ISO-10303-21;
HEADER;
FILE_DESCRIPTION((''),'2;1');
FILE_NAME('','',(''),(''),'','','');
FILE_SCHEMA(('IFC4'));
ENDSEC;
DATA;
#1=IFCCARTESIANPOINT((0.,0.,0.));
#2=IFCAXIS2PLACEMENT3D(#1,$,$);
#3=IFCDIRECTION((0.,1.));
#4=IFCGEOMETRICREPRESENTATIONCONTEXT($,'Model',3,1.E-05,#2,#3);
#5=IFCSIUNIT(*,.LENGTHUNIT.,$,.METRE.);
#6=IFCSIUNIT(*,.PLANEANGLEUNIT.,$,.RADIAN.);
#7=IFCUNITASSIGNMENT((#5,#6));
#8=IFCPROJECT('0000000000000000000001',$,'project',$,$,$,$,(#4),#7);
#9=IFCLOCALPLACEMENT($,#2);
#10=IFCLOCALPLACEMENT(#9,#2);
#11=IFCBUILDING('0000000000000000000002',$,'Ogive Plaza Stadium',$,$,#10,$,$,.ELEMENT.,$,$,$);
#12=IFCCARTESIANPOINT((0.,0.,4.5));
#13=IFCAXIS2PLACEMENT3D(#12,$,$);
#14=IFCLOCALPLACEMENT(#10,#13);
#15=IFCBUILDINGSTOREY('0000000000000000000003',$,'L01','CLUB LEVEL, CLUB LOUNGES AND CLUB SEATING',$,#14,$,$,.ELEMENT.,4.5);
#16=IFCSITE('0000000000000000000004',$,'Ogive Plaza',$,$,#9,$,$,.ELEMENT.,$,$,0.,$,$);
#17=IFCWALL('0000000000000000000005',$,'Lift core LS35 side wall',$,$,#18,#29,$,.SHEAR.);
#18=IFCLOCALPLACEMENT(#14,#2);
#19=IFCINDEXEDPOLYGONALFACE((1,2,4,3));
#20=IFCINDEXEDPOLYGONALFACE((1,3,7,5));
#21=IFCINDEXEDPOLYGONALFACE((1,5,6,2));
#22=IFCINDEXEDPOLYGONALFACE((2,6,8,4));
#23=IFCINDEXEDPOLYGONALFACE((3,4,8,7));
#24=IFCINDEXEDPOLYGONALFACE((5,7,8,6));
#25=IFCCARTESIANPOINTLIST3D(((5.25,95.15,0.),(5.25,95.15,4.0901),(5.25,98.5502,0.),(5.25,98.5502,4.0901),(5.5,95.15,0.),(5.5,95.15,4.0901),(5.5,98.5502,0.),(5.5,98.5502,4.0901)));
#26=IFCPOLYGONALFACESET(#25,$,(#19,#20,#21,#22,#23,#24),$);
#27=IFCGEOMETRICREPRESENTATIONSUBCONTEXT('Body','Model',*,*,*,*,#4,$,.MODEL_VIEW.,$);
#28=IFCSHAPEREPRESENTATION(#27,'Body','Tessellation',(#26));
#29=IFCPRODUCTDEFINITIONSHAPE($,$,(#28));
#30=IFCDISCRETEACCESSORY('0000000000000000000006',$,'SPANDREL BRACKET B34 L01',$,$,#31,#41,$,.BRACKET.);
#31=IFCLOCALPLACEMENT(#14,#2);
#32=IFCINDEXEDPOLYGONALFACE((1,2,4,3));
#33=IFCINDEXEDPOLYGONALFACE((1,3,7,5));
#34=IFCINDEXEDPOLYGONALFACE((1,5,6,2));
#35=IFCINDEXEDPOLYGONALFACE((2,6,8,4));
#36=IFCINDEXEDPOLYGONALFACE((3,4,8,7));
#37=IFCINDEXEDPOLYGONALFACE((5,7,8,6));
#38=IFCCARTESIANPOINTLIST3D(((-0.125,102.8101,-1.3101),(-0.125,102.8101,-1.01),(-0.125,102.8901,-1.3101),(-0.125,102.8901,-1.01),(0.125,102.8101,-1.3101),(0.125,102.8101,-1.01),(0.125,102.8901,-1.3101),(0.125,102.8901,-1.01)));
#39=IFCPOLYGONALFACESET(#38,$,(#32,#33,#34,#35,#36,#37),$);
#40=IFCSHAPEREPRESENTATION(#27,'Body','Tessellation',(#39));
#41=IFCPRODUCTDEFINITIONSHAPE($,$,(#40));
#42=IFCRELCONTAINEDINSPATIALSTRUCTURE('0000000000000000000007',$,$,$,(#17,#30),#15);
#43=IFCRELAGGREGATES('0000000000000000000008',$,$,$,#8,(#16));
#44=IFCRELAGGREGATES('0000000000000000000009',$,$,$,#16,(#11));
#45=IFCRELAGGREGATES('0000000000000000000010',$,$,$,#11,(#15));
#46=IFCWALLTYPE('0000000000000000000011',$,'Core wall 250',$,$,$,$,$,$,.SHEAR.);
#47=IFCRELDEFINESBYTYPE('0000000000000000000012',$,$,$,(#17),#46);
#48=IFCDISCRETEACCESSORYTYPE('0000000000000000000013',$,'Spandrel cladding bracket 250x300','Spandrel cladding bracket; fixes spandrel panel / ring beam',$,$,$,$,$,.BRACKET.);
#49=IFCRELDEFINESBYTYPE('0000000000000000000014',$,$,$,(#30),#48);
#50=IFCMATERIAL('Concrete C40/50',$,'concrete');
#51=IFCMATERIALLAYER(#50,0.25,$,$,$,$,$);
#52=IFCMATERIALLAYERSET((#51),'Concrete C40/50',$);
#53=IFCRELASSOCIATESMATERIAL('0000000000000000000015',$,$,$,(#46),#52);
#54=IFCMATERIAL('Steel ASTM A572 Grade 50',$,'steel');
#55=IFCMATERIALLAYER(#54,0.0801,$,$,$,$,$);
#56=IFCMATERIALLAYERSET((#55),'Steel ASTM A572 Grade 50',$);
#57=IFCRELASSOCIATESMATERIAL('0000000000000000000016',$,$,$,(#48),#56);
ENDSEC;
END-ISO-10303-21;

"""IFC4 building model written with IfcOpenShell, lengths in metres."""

from ifc_helpers import new_model, si_unit, direction, frame, frame_2d, origin, origin_2d, place, context, subcontext, project, spatial, rectangle, extrude, material, layer, layer_set, type_object, element, save


model = new_model("IFC4")

# Units and contexts
model_context = context("Model", 3, precision=1e-05, world=origin(), true_north=direction((0.0, 1.0)))
body_context = subcontext(model_context, "Body", "Model", "MODEL_VIEW")
ifc_project = project(units=[si_unit("LENGTHUNIT", "METRE"), si_unit("PLANEANGLEUNIT", "RADIAN")], contexts=[model_context])

# Site, building, storey
site_placement = place(None, origin())
site = spatial("IfcSite", under=ifc_project, at=site_placement, Name="Ogive Plaza", CompositionType="ELEMENT", RefElevation=0.0)
building_placement = place(site_placement, origin())
building = spatial("IfcBuilding", under=site, at=building_placement, Name="Ogive Plaza Stadium", CompositionType="ELEMENT")
storey_placement = place(building_placement, frame((0.0, 0.0, 4.5)))
storey = spatial("IfcBuildingStorey", under=building, at=storey_placement, Name="L01", Description="CLUB LEVEL, CLUB LOUNGES AND CLUB SEATING", CompositionType="ELEMENT", Elevation=4.5)

# Wall
ifc_material_1 = material(Name="Concrete C40/50", Category="concrete")
ifc_layer_1 = layer(ifc_material_1, 0.25)
ifc_layer_set_1 = layer_set([ifc_layer_1], Name="Concrete C40/50")
wall_type = type_object("IfcWallType", Name="Core wall 250", PredefinedType="SHEAR", material=ifc_layer_set_1)
wall_placement = place(storey_placement, frame((5.375, 95.1499, 0.0), z_axis=(0.0, 0.0, 1.0), x_axis=(0.0, 1.0, 0.0)))
element("IfcWall", 1, at=wall_placement, inside=storey, type_object=wall_type, Name="Lift core LS35 side wall", PredefinedType="SHEAR", context=body_context, shape_type="SweptSolid", body=[
    extrude(rectangle(XDim=3.4001, YDim=0.25, at=frame_2d((1.7002, 0.0))), origin(), (0.0, 0.0, 1.0), 4.0901),
])

# Discrete accessory
ifc_material_2 = material(Name="Steel ASTM A572 Grade 50", Category="steel")
ifc_layer_2 = layer(ifc_material_2, 0.0801)
ifc_layer_set_2 = layer_set([ifc_layer_2], Name="Steel ASTM A572 Grade 50")
discrete_accessory_type = type_object("IfcDiscreteAccessoryType", Name="Spandrel cladding bracket 250x300", Description="Spandrel cladding bracket; fixes spandrel panel / ring beam", PredefinedType="BRACKET", material=ifc_layer_set_2)
discrete_accessory_placement = place(storey_placement, frame((0.0, 102.8501, -1.3101), z_axis=(0.0, 0.0, 1.0), x_axis=(1.0, 0.0, 0.0)))
element("IfcDiscreteAccessory", 2, at=discrete_accessory_placement, inside=storey, type_object=discrete_accessory_type, Name="SPANDREL BRACKET B34 L01", PredefinedType="BRACKET", context=body_context, shape_type="SweptSolid", body=[
    extrude(rectangle(XDim=0.25, YDim=0.0801, at=origin_2d()), origin(), (0.0, 0.0, 1.0), 0.3),
])

save(model, "model.ifc")
